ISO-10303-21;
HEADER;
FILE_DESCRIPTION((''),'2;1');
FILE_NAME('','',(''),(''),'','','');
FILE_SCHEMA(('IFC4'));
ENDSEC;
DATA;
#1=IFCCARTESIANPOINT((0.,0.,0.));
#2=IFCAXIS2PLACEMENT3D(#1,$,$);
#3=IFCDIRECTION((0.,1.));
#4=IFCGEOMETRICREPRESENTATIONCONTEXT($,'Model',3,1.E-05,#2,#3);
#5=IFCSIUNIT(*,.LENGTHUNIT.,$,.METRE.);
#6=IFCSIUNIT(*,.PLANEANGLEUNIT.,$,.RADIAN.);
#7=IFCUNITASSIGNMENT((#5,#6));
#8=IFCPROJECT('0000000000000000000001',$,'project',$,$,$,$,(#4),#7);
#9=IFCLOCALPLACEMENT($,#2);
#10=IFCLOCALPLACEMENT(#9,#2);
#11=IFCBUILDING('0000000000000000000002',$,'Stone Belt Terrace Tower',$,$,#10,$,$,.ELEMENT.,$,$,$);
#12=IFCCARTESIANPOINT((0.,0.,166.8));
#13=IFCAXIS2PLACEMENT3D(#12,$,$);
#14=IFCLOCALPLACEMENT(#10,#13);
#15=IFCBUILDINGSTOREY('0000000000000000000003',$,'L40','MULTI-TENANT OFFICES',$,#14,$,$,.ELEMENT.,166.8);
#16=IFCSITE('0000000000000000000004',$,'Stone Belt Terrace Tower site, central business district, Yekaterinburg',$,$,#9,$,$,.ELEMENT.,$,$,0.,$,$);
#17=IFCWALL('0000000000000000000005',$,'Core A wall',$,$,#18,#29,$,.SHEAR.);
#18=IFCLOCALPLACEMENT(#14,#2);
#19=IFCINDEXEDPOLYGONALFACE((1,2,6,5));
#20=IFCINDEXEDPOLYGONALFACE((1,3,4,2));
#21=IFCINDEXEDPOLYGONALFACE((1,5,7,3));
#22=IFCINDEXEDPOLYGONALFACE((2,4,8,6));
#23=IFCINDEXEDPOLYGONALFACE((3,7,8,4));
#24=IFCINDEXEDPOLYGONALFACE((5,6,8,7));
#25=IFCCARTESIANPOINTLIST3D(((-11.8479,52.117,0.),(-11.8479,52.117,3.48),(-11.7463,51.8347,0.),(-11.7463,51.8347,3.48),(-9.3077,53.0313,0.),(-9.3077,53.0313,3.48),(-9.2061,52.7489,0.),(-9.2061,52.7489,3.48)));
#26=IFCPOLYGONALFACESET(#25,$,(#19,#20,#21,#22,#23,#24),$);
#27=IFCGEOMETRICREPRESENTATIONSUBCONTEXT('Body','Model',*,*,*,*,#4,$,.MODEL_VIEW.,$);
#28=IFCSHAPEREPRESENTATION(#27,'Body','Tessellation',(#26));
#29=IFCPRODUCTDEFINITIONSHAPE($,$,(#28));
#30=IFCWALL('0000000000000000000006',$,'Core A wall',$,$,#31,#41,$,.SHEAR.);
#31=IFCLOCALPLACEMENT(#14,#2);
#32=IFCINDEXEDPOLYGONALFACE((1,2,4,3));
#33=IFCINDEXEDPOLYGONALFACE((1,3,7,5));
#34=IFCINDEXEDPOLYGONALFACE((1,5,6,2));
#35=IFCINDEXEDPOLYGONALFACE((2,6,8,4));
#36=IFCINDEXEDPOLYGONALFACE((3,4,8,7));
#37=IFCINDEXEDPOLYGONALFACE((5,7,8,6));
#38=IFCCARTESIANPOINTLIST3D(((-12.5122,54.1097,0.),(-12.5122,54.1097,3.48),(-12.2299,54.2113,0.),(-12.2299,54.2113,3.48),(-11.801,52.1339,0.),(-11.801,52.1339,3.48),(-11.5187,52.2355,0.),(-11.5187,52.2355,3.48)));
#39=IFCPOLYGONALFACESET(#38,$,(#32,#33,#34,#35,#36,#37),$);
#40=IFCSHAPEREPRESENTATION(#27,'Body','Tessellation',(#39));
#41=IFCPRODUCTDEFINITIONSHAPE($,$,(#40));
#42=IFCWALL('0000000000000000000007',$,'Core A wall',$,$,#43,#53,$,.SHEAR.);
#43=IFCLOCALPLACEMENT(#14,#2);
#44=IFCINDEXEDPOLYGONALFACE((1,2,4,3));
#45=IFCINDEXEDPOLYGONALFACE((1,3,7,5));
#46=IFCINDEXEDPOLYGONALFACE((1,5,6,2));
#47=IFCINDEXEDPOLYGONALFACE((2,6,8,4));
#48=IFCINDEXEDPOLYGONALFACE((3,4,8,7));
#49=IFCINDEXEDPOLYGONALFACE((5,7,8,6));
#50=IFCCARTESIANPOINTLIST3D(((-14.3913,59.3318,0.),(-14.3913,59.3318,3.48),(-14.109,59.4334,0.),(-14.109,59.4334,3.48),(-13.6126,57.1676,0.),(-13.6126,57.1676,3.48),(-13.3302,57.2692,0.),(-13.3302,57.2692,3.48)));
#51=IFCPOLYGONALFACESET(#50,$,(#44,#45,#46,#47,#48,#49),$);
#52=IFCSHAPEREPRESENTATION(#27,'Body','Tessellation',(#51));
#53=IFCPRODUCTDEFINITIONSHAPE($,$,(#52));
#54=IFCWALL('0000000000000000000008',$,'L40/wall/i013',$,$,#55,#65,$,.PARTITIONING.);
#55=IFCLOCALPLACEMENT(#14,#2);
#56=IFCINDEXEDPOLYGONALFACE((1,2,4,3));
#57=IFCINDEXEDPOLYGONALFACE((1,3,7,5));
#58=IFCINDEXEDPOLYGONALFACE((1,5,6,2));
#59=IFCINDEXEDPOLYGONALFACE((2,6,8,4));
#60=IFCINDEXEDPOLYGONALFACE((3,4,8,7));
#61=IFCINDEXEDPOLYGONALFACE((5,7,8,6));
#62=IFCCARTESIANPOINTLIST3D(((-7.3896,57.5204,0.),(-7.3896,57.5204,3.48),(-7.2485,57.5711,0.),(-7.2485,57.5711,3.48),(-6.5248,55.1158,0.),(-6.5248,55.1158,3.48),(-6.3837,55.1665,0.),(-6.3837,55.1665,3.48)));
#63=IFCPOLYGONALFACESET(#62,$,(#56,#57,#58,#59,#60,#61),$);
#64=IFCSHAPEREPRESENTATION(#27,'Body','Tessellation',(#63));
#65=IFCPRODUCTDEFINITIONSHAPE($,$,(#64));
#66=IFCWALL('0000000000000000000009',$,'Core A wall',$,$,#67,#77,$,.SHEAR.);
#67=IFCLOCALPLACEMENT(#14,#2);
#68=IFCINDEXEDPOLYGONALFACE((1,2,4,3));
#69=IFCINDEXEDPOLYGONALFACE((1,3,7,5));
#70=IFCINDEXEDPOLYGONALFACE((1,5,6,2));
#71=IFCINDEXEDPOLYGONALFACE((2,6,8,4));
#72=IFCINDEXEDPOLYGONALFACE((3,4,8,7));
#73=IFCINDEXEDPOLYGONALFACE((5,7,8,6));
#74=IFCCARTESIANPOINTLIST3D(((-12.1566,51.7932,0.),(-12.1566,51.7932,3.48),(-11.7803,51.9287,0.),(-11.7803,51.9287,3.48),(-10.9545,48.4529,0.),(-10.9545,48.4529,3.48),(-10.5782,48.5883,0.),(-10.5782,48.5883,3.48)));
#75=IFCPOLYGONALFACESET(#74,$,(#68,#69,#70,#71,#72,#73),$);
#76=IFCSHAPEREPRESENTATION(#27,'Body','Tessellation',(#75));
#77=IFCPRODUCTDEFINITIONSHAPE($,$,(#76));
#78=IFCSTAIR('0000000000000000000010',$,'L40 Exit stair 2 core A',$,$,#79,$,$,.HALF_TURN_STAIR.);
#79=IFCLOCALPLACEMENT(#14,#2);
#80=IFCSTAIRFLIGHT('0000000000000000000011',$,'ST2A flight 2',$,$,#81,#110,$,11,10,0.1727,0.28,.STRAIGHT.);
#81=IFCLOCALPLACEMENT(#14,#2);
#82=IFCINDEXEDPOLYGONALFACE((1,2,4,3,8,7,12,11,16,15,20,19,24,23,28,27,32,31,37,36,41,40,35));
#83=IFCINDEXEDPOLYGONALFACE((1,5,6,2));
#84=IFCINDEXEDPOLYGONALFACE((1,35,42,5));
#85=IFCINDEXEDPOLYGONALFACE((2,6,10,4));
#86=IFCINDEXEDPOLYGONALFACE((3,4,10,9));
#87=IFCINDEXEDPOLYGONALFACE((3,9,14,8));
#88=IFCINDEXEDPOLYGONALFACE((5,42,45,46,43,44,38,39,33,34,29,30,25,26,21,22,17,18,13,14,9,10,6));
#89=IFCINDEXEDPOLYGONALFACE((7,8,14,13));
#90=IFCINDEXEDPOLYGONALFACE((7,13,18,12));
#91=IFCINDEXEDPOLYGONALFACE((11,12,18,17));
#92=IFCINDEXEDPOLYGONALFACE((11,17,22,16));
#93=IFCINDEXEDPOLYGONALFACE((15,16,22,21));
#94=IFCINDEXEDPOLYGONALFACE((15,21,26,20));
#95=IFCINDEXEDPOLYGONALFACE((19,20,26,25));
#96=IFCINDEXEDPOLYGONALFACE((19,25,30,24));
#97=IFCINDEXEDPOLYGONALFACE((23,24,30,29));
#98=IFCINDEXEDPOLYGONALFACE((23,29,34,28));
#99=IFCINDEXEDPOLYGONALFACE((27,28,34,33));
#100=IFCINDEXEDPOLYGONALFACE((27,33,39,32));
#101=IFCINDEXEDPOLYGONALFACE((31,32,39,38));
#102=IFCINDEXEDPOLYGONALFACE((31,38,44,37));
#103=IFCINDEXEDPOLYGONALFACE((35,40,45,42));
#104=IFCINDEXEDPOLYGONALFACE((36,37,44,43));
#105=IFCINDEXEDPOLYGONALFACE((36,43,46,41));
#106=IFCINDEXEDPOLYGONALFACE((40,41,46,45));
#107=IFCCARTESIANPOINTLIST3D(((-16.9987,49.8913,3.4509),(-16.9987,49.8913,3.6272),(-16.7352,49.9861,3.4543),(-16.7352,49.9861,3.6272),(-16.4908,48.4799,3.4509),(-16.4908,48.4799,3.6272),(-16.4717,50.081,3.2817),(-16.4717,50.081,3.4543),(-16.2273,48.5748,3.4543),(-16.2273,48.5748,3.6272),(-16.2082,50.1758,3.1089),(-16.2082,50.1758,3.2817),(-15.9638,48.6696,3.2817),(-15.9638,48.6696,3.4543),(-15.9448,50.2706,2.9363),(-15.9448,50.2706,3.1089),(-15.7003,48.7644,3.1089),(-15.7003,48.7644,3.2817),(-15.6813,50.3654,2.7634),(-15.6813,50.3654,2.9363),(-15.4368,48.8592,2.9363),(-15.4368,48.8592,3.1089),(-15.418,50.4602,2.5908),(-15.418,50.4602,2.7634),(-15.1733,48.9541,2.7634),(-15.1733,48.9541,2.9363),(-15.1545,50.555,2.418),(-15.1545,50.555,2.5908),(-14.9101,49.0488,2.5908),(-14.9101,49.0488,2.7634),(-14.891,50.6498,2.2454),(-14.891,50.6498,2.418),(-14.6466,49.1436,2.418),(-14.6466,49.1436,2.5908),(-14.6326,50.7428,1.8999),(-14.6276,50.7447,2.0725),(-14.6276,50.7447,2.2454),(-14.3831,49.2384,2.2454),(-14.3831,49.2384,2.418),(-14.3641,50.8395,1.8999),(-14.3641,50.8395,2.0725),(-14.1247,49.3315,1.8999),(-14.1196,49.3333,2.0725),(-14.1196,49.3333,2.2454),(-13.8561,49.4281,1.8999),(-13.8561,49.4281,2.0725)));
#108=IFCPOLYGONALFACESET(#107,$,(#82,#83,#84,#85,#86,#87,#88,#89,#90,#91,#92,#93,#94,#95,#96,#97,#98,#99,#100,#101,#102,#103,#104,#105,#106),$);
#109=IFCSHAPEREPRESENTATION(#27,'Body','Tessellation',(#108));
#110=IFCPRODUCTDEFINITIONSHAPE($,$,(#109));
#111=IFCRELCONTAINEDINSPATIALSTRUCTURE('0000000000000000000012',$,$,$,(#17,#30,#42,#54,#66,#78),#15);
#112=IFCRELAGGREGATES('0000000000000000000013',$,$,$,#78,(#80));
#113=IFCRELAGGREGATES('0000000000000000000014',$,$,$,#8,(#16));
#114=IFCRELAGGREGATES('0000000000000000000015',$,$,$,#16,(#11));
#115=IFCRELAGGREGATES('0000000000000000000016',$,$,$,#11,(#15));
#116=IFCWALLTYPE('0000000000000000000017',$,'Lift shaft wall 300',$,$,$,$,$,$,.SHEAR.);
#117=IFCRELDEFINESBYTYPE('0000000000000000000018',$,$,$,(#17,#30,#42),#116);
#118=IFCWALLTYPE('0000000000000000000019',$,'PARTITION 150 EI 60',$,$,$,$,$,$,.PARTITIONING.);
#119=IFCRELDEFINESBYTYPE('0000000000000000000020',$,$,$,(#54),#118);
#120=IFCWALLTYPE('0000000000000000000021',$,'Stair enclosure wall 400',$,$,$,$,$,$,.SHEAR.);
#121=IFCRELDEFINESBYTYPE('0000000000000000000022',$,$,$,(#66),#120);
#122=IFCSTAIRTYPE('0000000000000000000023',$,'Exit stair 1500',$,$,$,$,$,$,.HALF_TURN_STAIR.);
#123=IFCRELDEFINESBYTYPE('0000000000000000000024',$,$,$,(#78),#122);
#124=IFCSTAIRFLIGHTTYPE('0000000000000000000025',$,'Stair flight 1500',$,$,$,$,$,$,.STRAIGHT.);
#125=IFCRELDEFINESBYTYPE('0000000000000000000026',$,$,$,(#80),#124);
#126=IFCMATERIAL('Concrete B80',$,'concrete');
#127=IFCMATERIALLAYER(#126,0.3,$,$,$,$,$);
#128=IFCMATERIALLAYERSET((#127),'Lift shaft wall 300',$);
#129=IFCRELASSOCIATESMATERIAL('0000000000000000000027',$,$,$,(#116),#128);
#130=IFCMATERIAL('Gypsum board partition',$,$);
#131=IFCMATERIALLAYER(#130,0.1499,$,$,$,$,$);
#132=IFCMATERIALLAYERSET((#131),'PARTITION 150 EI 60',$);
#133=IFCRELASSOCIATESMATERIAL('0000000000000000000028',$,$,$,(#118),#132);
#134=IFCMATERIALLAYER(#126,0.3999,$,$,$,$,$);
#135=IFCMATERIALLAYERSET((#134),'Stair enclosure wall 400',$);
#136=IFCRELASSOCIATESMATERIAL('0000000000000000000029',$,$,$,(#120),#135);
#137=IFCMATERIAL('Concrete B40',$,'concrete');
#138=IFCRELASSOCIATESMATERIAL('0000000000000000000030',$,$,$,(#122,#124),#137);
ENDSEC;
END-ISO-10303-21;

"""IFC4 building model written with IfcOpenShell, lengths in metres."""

from ifc_helpers import new_model, si_unit, direction, frame, frame_2d, origin, place, context, subcontext, project, spatial, polyline, rectangle, outline, extrude, material, layer, layer_set, type_object, element, aggregate, save


model = new_model("IFC4")

# Units and contexts
model_context = context("Model", 3, precision=1e-05, world=origin(), true_north=direction((0.0, 1.0)))
body_context = subcontext(model_context, "Body", "Model", "MODEL_VIEW")
ifc_project = project(units=[si_unit("LENGTHUNIT", "METRE"), si_unit("PLANEANGLEUNIT", "RADIAN")], contexts=[model_context])

# Site, building, storey
site_placement = place(None, origin())
site = spatial("IfcSite", under=ifc_project, at=site_placement, Name="Stone Belt Terrace Tower site, central business district, Yekaterinburg", CompositionType="ELEMENT", RefElevation=0.0)
building_placement = place(site_placement, origin())
building = spatial("IfcBuilding", under=site, at=building_placement, Name="Stone Belt Terrace Tower", CompositionType="ELEMENT")
storey_placement = place(building_placement, frame((0.0, 0.0, 166.8)))
storey = spatial("IfcBuildingStorey", under=building, at=storey_placement, Name="L40", Description="MULTI-TENANT OFFICES", CompositionType="ELEMENT", Elevation=166.8)

# Shared definitions
ifc_material_1 = material(Name="Concrete B80", Category="concrete")

# Walls
ifc_layer_1 = layer(ifc_material_1, 0.3)
ifc_layer_set_1 = layer_set([ifc_layer_1], Name="Lift shaft wall 300")
wall_type_1 = type_object("IfcWallType", Name="Lift shaft wall 300", PredefinedType="SHEAR", material=ifc_layer_set_1)
wall_1_placement = place(storey_placement, frame((-11.7971, 51.9758, 0.0), z_axis=(0.0, 0.0, 1.0), x_axis=(0.94091, 0.338655, 0.0)))
element("IfcWall", 1, at=wall_1_placement, inside=storey, type_object=wall_type_1, Name="Core A wall", PredefinedType="SHEAR", context=body_context, shape_type="SweptSolid", body=[
    extrude(rectangle(XDim=2.6997, YDim=0.3, at=frame_2d((1.3499, 0.0))), origin(), (0.0, 0.0, 1.0), 3.48),
])
wall_2_placement = place(storey_placement, frame((-11.6599, 52.1848, 0.0), z_axis=(0.0, 0.0, 1.0), x_axis=(-0.33867, 0.940905, 0.0)))
element("IfcWall", 2, at=wall_2_placement, inside=storey, type_object=wall_type_1, Name="Core A wall", PredefinedType="SHEAR", context=body_context, shape_type="SweptSolid", body=[
    extrude(rectangle(XDim=2.0999, YDim=0.3, at=frame_2d((1.0498, 0.0))), origin(), (0.0, 0.0, 1.0), 3.48),
])
wall_3_placement = place(storey_placement, frame((-13.4714, 57.2185, 0.0), z_axis=(0.0, 0.0, 1.0), x_axis=(-0.338588, 0.940935, 0.0)))
element("IfcWall", 3, at=wall_3_placement, inside=storey, type_object=wall_type_1, Name="Core A wall", PredefinedType="SHEAR", context=body_context, shape_type="SweptSolid", body=[
    extrude(rectangle(XDim=2.3, YDim=0.3, at=frame_2d((1.1499, 0.0))), origin(), (0.0, 0.0, 1.0), 3.48),
])
ifc_material_2 = material(Name="Gypsum board partition")
ifc_layer_2 = layer(ifc_material_2, 0.1499)
ifc_layer_set_2 = layer_set([ifc_layer_2], Name="PARTITION 150 EI 60")
wall_type_2 = type_object("IfcWallType", Name="PARTITION 150 EI 60", PredefinedType="PARTITIONING", material=ifc_layer_set_2)
wall_4_placement = place(storey_placement, frame((-7.3191, 57.5459, 0.0), z_axis=(0.0, 0.0, 1.0), x_axis=(0.338412, -0.940998, 0.0)))
element("IfcWall", 4, at=wall_4_placement, inside=storey, type_object=wall_type_2, Name="L40/wall/i013", PredefinedType="PARTITIONING", context=body_context, shape_type="SweptSolid", body=[
    extrude(rectangle(XDim=2.5554, YDim=0.1499, at=frame_2d((1.2778, 0.0))), origin(), (0.0, 0.0, 1.0), 3.48),
])
ifc_layer_3 = layer(ifc_material_1, 0.3999)
ifc_layer_set_3 = layer_set([ifc_layer_3], Name="Stair enclosure wall 400")
wall_type_3 = type_object("IfcWallType", Name="Stair enclosure wall 400", PredefinedType="SHEAR", material=ifc_layer_set_3)
wall_5_placement = place(storey_placement, frame((-10.7664, 48.5208, 0.0), z_axis=(0.0, 0.0, 1.0), x_axis=(-0.338627, 0.940921, 0.0)))
element("IfcWall", 5, at=wall_5_placement, inside=storey, type_object=wall_type_3, Name="Core A wall", PredefinedType="SHEAR", context=body_context, shape_type="SweptSolid", body=[
    extrude(rectangle(XDim=3.55, YDim=0.3999, at=frame_2d((1.7749, 0.0))), origin(), (0.0, 0.0, 1.0), 3.48),
])

# Stair, stair flight
ifc_material_3 = material(Name="Concrete B40", Category="concrete")
stair_type = type_object("IfcStairType", Name="Exit stair 1500", PredefinedType="HALF_TURN_STAIR", material=ifc_material_3)
stair_placement = place(storey_placement, origin())
stair = element("IfcStair", 6, at=stair_placement, inside=storey, type_object=stair_type, Name="L40 Exit stair 2 core A", PredefinedType="HALF_TURN_STAIR")
stair_flight_type = type_object("IfcStairFlightType", Name="Stair flight 1500", PredefinedType="STRAIGHT", material=ifc_material_3)
stair_flight_placement = place(storey_placement, frame((-14.1101, 50.1338, 1.8999), z_axis=(0.0, 0.0, 1.0), x_axis=(-0.940922, -0.338624, 0.0)))
stair_flight = element("IfcStairFlight", 7, at=stair_flight_placement, type_object=stair_flight_type, Name="ST2A flight 2", NumberOfRisers=11, NumberOfTreads=10, PredefinedType="STRAIGHT", RiserHeight=0.1727, TreadLength=0.28, context=body_context, shape_type="SweptSolid", body=[
    extrude(outline(polyline([(0.0, 0.0), (0.0, 0.1726), (0.28, 0.1726), (0.28, 0.3455), (0.5601, 0.3455), (0.5601, 0.5181), (0.8401, 0.5181), (0.8401, 0.6909), (1.1201, 0.6909), (1.1201, 0.8635), (1.3999, 0.8635), (1.3999, 1.0364), (1.6799, 1.0364), (1.6799, 1.209), (1.96, 1.209), (1.96, 1.3818), (2.24, 1.3818), (2.24, 1.5544), (2.52, 1.5544), (2.52, 1.7273), (2.8, 1.7273), (2.8, 1.8999), (2.8, 1.551), (0.2854, 0.0), (0.0, 0.0)])), frame((0.0, 0.75, 0.0), z_axis=(0.0, -1.0, 0.0), x_axis=(1.0, 0.0, 0.0)), (0.0, 0.0, 1.0), 1.5),
])
aggregate(stair, [stair_flight])

save(model, "model.ifc")
